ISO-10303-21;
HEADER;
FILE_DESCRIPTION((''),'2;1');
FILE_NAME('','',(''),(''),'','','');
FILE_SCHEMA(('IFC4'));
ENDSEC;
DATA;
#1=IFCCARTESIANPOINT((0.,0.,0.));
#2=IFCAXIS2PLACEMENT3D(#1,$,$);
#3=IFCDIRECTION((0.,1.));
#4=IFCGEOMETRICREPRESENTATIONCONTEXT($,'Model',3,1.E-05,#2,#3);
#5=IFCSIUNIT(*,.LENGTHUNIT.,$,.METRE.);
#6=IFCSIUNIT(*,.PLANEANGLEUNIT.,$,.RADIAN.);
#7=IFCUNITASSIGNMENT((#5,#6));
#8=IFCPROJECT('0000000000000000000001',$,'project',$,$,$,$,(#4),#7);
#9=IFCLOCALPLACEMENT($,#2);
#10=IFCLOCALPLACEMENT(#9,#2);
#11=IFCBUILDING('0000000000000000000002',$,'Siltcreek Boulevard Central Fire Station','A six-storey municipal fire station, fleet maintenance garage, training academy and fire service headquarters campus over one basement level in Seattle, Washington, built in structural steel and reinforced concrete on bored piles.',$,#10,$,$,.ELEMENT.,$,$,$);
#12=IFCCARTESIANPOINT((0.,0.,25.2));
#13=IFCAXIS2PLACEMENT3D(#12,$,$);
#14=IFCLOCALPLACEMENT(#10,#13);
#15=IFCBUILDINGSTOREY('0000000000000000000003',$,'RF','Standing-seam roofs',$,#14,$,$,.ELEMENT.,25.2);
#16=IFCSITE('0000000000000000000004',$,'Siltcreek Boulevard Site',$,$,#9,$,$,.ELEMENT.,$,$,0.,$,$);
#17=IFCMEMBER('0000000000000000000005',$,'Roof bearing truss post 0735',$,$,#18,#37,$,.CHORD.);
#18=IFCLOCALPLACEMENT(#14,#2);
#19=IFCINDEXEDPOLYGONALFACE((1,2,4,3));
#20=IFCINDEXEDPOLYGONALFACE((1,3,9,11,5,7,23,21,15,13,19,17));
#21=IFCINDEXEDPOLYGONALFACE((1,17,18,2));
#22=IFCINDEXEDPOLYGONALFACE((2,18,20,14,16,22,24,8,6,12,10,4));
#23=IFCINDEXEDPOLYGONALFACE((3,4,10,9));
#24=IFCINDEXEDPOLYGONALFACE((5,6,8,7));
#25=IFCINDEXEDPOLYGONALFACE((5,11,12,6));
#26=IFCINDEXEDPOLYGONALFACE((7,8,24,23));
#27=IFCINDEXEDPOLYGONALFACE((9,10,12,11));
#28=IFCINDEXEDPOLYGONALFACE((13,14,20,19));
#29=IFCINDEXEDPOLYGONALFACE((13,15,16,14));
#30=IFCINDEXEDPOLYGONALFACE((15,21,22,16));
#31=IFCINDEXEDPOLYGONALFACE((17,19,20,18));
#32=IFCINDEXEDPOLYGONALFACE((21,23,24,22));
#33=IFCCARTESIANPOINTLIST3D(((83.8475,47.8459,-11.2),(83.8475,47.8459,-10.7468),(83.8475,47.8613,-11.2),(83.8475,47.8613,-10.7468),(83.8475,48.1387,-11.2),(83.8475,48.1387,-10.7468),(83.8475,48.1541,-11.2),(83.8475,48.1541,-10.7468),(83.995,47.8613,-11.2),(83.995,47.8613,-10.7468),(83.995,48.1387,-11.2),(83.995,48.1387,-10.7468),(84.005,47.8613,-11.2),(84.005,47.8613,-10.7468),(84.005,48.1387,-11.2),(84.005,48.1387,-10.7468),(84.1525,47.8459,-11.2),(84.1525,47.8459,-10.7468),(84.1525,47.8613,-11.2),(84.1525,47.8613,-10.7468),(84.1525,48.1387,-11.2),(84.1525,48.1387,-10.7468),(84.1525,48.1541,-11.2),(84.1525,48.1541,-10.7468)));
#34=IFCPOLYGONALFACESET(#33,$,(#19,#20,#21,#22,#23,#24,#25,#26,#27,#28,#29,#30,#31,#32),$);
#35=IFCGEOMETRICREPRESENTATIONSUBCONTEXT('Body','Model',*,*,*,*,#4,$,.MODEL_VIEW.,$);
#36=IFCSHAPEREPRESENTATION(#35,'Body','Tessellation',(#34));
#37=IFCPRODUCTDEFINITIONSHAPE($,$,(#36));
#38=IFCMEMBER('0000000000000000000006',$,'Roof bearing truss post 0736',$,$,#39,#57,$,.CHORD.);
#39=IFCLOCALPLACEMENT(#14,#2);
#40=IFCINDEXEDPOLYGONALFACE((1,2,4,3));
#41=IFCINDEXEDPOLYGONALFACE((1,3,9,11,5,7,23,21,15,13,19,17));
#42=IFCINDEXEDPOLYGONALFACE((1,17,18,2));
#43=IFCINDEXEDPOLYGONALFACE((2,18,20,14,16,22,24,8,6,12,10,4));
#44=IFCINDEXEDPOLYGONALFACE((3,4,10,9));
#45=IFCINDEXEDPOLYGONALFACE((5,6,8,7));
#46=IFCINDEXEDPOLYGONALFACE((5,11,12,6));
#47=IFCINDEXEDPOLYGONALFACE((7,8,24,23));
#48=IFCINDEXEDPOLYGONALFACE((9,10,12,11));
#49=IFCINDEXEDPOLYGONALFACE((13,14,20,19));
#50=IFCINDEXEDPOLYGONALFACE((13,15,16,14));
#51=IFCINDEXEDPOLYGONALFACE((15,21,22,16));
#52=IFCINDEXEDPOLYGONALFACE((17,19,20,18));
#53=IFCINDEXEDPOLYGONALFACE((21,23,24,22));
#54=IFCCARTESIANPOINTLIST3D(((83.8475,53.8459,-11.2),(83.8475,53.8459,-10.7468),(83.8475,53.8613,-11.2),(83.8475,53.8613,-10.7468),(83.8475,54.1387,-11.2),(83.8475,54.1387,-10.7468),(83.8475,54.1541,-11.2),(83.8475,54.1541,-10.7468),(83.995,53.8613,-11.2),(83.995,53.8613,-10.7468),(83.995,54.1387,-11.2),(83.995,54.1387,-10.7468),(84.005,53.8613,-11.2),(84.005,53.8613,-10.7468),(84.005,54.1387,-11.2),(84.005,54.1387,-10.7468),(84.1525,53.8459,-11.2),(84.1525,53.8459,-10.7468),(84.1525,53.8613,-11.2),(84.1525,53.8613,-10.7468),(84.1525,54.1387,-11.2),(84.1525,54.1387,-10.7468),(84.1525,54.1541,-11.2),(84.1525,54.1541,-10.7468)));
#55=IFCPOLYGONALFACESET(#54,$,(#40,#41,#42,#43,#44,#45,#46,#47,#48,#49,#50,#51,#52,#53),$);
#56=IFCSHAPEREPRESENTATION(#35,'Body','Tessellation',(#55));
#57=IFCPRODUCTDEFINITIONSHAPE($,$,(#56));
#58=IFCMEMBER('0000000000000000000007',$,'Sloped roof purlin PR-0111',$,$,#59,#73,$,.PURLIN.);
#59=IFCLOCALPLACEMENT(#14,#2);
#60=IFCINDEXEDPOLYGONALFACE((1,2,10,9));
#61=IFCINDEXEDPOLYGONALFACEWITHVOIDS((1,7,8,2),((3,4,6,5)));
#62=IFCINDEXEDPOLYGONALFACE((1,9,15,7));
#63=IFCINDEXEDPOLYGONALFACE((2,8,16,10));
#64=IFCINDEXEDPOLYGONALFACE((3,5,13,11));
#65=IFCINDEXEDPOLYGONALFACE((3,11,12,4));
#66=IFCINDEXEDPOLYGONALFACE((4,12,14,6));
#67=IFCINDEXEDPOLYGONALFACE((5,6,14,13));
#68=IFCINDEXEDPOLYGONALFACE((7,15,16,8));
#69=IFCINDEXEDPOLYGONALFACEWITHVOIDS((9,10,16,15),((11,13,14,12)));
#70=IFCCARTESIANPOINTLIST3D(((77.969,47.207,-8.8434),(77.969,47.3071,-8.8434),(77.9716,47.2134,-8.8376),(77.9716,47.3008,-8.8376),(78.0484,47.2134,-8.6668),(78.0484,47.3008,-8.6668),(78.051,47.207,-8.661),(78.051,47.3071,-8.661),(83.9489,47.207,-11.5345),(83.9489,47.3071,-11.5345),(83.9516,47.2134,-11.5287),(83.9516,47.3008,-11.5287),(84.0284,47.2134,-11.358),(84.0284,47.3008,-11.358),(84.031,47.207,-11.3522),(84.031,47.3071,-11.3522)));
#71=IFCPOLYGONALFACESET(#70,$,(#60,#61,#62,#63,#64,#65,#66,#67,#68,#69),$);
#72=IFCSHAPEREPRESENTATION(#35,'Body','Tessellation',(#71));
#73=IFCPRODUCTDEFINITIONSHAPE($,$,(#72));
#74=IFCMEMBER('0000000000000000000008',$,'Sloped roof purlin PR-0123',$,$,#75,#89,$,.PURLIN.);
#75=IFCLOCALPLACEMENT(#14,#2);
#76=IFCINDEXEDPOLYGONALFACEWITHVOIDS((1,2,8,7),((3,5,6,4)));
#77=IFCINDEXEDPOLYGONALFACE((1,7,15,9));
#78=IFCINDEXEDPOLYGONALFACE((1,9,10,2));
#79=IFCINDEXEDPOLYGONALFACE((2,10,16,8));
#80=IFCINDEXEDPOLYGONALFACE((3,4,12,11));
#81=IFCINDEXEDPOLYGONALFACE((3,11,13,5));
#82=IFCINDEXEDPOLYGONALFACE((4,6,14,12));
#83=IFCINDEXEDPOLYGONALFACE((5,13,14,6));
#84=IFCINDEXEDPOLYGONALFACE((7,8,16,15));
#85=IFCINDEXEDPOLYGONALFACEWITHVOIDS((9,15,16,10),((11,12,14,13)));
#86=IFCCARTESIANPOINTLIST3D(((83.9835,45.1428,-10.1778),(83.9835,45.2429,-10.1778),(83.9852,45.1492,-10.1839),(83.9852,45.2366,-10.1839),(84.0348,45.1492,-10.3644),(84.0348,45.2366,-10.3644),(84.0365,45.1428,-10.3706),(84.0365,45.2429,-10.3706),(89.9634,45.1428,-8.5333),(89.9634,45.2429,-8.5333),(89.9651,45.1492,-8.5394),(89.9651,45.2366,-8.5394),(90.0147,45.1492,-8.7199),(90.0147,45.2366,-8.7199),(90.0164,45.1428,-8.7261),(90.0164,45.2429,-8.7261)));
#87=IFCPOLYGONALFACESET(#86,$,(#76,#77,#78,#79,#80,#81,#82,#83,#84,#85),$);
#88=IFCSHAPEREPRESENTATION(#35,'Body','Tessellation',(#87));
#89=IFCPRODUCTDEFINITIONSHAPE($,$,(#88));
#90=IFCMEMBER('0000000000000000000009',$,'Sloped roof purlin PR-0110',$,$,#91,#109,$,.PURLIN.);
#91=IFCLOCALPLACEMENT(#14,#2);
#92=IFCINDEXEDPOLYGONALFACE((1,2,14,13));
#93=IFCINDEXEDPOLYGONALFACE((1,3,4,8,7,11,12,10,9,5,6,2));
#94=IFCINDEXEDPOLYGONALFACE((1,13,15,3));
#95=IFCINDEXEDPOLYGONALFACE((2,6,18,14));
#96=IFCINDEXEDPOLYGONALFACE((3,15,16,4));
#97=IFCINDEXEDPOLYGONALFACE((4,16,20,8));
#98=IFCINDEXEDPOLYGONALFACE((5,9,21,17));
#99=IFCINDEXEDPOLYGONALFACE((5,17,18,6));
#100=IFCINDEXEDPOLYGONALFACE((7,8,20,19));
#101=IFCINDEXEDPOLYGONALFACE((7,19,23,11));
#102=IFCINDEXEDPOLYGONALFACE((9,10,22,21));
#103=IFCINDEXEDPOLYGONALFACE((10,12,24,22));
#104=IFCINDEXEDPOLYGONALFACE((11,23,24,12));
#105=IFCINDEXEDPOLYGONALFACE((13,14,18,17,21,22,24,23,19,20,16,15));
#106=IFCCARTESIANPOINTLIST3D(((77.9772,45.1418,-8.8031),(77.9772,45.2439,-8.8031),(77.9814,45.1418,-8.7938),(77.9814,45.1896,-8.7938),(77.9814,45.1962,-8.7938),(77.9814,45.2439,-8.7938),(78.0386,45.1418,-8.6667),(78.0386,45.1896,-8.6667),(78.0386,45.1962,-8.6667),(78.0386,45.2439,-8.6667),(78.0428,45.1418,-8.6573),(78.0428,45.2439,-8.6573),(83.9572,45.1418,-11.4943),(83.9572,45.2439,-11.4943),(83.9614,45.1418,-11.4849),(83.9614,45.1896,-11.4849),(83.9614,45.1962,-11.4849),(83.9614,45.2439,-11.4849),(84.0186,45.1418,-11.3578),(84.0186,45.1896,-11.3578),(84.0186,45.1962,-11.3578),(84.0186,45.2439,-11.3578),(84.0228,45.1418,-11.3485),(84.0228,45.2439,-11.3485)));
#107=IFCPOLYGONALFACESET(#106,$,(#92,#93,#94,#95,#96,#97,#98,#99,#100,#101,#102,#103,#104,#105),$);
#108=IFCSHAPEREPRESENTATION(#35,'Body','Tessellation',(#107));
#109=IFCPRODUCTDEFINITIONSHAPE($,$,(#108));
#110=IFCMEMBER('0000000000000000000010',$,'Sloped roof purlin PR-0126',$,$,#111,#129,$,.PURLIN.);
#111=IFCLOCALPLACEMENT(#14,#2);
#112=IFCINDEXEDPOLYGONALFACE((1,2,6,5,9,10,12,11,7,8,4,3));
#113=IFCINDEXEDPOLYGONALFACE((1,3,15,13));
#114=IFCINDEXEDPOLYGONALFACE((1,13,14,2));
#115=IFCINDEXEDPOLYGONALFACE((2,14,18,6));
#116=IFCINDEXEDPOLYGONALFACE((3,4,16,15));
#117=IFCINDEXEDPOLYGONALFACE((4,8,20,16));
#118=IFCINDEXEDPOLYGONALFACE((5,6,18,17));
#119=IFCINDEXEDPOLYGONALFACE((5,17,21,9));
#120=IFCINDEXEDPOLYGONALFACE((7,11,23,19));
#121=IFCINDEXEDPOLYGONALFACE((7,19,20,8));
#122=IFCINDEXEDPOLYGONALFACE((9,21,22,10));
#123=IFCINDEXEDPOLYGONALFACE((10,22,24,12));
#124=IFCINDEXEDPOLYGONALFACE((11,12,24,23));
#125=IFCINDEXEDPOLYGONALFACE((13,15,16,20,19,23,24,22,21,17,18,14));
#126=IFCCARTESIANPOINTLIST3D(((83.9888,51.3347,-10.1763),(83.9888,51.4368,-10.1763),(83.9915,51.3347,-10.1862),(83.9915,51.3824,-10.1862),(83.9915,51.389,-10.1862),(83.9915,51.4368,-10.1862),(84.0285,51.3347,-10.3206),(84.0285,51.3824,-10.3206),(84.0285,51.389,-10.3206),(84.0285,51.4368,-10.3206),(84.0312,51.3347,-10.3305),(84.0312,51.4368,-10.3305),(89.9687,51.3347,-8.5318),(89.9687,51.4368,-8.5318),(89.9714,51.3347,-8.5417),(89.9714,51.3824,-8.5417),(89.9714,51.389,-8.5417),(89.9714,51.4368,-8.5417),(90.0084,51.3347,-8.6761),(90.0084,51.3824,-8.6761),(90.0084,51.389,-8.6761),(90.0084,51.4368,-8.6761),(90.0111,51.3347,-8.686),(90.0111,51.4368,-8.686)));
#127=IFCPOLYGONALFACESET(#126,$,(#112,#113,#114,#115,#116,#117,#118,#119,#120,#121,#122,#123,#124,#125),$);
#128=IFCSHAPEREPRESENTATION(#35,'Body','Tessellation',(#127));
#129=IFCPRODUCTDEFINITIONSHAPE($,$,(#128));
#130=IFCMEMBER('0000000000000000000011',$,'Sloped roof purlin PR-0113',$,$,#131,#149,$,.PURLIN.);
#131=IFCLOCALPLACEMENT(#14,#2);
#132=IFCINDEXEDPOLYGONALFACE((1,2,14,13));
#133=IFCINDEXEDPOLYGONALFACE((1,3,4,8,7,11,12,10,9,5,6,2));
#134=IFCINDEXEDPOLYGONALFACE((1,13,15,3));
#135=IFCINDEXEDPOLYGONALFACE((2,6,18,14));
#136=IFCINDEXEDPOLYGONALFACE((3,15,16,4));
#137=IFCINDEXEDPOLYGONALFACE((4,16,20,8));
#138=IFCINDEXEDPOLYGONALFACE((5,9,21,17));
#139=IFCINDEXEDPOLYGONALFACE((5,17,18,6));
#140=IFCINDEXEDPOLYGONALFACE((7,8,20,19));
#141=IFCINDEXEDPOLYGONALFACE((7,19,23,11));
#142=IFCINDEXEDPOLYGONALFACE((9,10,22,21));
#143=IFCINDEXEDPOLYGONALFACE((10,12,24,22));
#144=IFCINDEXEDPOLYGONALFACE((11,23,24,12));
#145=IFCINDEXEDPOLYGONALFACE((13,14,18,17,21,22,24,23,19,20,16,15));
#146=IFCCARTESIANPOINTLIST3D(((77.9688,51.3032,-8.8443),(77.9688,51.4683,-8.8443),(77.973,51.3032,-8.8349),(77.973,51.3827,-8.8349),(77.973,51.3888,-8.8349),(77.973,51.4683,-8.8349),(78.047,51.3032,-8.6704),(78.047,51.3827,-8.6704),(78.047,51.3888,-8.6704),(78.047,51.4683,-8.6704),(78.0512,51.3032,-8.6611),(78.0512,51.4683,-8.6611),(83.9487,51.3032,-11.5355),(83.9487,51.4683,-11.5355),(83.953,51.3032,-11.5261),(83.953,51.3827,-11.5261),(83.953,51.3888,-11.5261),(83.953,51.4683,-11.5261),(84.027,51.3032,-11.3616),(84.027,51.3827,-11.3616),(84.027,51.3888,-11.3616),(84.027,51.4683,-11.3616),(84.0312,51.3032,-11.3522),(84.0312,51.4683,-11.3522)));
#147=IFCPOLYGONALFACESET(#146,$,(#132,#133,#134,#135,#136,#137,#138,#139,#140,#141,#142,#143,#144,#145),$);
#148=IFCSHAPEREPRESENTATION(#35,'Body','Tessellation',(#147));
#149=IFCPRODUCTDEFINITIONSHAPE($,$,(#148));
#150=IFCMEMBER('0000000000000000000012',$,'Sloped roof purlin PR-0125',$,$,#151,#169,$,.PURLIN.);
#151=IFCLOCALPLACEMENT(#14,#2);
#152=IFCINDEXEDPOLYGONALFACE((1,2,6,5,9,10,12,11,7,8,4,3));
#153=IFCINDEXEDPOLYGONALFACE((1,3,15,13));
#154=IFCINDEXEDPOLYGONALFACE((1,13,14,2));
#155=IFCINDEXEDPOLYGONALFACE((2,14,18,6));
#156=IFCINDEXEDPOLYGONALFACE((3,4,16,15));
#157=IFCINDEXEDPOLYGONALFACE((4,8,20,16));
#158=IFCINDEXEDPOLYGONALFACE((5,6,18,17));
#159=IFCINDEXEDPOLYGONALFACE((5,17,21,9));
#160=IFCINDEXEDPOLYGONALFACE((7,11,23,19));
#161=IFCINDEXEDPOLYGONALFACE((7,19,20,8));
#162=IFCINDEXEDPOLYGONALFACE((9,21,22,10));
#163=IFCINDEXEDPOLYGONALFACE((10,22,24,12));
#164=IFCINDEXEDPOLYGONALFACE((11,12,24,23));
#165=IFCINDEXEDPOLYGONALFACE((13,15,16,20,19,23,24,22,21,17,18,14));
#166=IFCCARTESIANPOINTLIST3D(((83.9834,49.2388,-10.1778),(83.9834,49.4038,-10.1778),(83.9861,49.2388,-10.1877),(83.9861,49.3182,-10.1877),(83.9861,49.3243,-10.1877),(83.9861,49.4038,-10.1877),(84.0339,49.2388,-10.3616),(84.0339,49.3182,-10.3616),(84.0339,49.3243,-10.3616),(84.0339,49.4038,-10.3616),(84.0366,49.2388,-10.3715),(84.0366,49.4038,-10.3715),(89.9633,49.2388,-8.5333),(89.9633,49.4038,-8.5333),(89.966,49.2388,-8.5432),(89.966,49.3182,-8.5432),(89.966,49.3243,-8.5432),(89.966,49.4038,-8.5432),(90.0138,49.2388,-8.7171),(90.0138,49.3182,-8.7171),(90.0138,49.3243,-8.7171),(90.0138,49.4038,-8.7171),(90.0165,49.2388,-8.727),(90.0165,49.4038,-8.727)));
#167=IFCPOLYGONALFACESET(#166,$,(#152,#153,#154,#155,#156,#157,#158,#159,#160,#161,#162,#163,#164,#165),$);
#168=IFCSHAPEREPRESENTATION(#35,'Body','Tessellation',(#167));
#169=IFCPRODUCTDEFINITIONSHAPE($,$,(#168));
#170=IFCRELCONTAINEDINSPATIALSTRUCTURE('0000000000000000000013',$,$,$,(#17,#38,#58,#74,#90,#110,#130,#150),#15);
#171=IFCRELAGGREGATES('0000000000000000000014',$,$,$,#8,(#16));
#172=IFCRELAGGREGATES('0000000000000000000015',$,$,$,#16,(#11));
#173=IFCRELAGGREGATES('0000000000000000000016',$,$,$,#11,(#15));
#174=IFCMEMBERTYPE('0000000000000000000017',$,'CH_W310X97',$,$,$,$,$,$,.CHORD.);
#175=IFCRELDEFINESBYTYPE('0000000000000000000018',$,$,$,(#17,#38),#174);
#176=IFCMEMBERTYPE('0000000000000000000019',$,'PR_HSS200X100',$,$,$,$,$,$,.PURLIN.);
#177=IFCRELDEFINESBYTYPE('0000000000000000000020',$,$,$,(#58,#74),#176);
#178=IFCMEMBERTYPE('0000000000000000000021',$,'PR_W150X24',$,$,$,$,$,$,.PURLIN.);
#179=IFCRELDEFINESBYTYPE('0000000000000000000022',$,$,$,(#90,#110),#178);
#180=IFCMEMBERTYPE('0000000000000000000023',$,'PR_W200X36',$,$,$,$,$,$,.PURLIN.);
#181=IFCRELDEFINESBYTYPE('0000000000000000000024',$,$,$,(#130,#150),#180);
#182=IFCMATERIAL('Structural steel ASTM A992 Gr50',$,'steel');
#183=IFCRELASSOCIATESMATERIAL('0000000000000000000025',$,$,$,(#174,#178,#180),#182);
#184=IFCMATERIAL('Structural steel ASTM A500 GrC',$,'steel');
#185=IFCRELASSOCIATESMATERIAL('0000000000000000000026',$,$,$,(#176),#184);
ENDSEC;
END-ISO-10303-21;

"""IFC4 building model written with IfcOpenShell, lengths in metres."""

from ifc_helpers import new_model, si_unit, direction, frame, origin, origin_2d, place, context, subcontext, project, spatial, hollow_rectangle, i_section, extrude, material, material_profile, profile_set, type_object, element, save


model = new_model("IFC4")

# Units and contexts
model_context = context("Model", 3, precision=1e-05, world=origin(), true_north=direction((0.0, 1.0)))
body_context = subcontext(model_context, "Body", "Model", "MODEL_VIEW")
ifc_project = project(units=[si_unit("LENGTHUNIT", "METRE"), si_unit("PLANEANGLEUNIT", "RADIAN")], contexts=[model_context])

# Site, building, storey
site_placement = place(None, origin())
site = spatial("IfcSite", under=ifc_project, at=site_placement, Name="Siltcreek Boulevard Site", CompositionType="ELEMENT", RefElevation=0.0)
building_placement = place(site_placement, origin())
building = spatial("IfcBuilding", under=site, at=building_placement, Name="Siltcreek Boulevard Central Fire Station", Description="A six-storey municipal fire station, fleet maintenance garage, training academy and fire service headquarters campus over one basement level in Seattle, Washington, built in structural steel and reinforced concrete on bored piles.", CompositionType="ELEMENT")
storey_placement = place(building_placement, frame((0.0, 0.0, 25.2)))
storey = spatial("IfcBuildingStorey", under=building, at=storey_placement, Name="RF", Description="Standing-seam roofs", CompositionType="ELEMENT", Elevation=25.2)

# Members
ifc_material_1 = material(Name="Structural steel ASTM A992 Gr50", Category="steel")
ifc_material_profile_1 = material_profile(ifc_material_1, i_section(OverallWidth=0.3049, OverallDepth=0.3081, WebThickness=0.01, FlangeThickness=0.0154, at=origin_2d()), Name="W310X97")
ifc_profile_set_1 = profile_set([ifc_material_profile_1], Name="Structural steel ASTM A992 Gr50")
member_type_1 = type_object("IfcMemberType", Name="CH_W310X97", PredefinedType="CHORD", material=ifc_profile_set_1)
for number, where, z_axis, x_axis, name in (
    (1, (84.0, 48.0, -11.2), (0.0, 0.0, 1.0), (1.0, 0.0, 0.0), "Roof bearing truss post 0735"),
    (2, (84.0, 54.0, -11.2), (0.0, 0.0, 1.0), (1.0, 0.0, 0.0), "Roof bearing truss post 0736"),
):
    element("IfcMember", number, at=place(storey_placement, frame(where, z_axis=z_axis, x_axis=x_axis)), inside=storey, type_object=member_type_1, Name=name, PredefinedType="CHORD", context=body_context, shape_type="SweptSolid", body=[
        extrude(i_section(OverallWidth=0.3049, OverallDepth=0.3081, WebThickness=0.01, FlangeThickness=0.0154, at=origin_2d()), origin(), (0.0, 0.0, 1.0), 0.4531),
    ])
ifc_material_2 = material(Name="Structural steel ASTM A500 GrC", Category="steel")
ifc_material_profile_2 = material_profile(ifc_material_2, hollow_rectangle(XDim=0.1001, YDim=0.2, WallThickness=0.0063, at=origin_2d()), Name="HSS200X100X6.4")
ifc_profile_set_2 = profile_set([ifc_material_profile_2], Name="Structural steel ASTM A500 GrC")
member_type_2 = type_object("IfcMemberType", Name="PR_HSS200X100", PredefinedType="PURLIN", material=ifc_profile_set_2)
member_1_placement = place(storey_placement, frame((78.01, 47.2571, -8.7522), z_axis=(0.911912, 0.0, -0.410386), x_axis=(0.0, 1.0, 0.0)))
element("IfcMember", 3, at=member_1_placement, inside=storey, type_object=member_type_2, Name="Sloped roof purlin PR-0111", PredefinedType="PURLIN", context=body_context, shape_type="SweptSolid", body=[
    extrude(hollow_rectangle(XDim=0.1001, YDim=0.2, WallThickness=0.0063, at=origin_2d()), origin(), (0.0, 0.0, 1.0), 6.5576),
])
member_2_placement = place(storey_placement, frame((84.01, 45.1929, -10.2742), z_axis=(0.964204, 0.0, 0.265162), x_axis=(0.0, 1.0, 0.0)))
element("IfcMember", 4, at=member_2_placement, inside=storey, type_object=member_type_2, Name="Sloped roof purlin PR-0123", PredefinedType="PURLIN", context=body_context, shape_type="SweptSolid", body=[
    extrude(hollow_rectangle(XDim=0.1001, YDim=0.2, WallThickness=0.0063, at=origin_2d()), origin(), (0.0, 0.0, 1.0), 6.2019),
])
ifc_material_profile_3 = material_profile(ifc_material_1, i_section(OverallWidth=0.1021, OverallDepth=0.1599, WebThickness=0.0066, FlangeThickness=0.0103, at=origin_2d()), Name="W150X24")
ifc_profile_set_3 = profile_set([ifc_material_profile_3], Name="Structural steel ASTM A992 Gr50")
member_type_3 = type_object("IfcMemberType", Name="PR_W150X24", PredefinedType="PURLIN", material=ifc_profile_set_3)
member_3_placement = place(storey_placement, frame((78.01, 45.1929, -8.7302), z_axis=(0.911912, 0.0, -0.410386), x_axis=(0.0, 1.0, 0.0)))
element("IfcMember", 5, at=member_3_placement, inside=storey, type_object=member_type_3, Name="Sloped roof purlin PR-0110", PredefinedType="PURLIN", context=body_context, shape_type="SweptSolid", body=[
    extrude(i_section(OverallWidth=0.1021, OverallDepth=0.1599, WebThickness=0.0066, FlangeThickness=0.0103, at=origin_2d()), origin(), (0.0, 0.0, 1.0), 6.5576),
])
member_4_placement = place(storey_placement, frame((84.01, 51.3857, -10.2534), z_axis=(0.964204, 0.0, 0.265162), x_axis=(0.0, 1.0, 0.0)))
element("IfcMember", 6, at=member_4_placement, inside=storey, type_object=member_type_3, Name="Sloped roof purlin PR-0126", PredefinedType="PURLIN", context=body_context, shape_type="SweptSolid", body=[
    extrude(i_section(OverallWidth=0.1021, OverallDepth=0.1599, WebThickness=0.0066, FlangeThickness=0.0103, at=origin_2d()), origin(), (0.0, 0.0, 1.0), 6.2019),
])
ifc_material_profile_4 = material_profile(ifc_material_1, i_section(OverallWidth=0.165, OverallDepth=0.2009, WebThickness=0.0061, FlangeThickness=0.0103, at=origin_2d()), Name="W200X36")
ifc_profile_set_4 = profile_set([ifc_material_profile_4], Name="Structural steel ASTM A992 Gr50")
member_type_4 = type_object("IfcMemberType", Name="PR_W200X36", PredefinedType="PURLIN", material=ifc_profile_set_4)
member_5_placement = place(storey_placement, frame((78.01, 51.3857, -8.7527), z_axis=(0.911912, 0.0, -0.410386), x_axis=(0.0, 1.0, 0.0)))
element("IfcMember", 7, at=member_5_placement, inside=storey, type_object=member_type_4, Name="Sloped roof purlin PR-0113", PredefinedType="PURLIN", context=body_context, shape_type="SweptSolid", body=[
    extrude(i_section(OverallWidth=0.165, OverallDepth=0.2009, WebThickness=0.0061, FlangeThickness=0.0103, at=origin_2d()), origin(), (0.0, 0.0, 1.0), 6.5576),
])
member_6_placement = place(storey_placement, frame((84.01, 49.3213, -10.2747), z_axis=(0.964204, 0.0, 0.265162), x_axis=(0.0, 1.0, 0.0)))
element("IfcMember", 8, at=member_6_placement, inside=storey, type_object=member_type_4, Name="Sloped roof purlin PR-0125", PredefinedType="PURLIN", context=body_context, shape_type="SweptSolid", body=[
    extrude(i_section(OverallWidth=0.165, OverallDepth=0.2009, WebThickness=0.0061, FlangeThickness=0.0103, at=origin_2d()), origin(), (0.0, 0.0, 1.0), 6.2019),
])

save(model, "model.ifc")
